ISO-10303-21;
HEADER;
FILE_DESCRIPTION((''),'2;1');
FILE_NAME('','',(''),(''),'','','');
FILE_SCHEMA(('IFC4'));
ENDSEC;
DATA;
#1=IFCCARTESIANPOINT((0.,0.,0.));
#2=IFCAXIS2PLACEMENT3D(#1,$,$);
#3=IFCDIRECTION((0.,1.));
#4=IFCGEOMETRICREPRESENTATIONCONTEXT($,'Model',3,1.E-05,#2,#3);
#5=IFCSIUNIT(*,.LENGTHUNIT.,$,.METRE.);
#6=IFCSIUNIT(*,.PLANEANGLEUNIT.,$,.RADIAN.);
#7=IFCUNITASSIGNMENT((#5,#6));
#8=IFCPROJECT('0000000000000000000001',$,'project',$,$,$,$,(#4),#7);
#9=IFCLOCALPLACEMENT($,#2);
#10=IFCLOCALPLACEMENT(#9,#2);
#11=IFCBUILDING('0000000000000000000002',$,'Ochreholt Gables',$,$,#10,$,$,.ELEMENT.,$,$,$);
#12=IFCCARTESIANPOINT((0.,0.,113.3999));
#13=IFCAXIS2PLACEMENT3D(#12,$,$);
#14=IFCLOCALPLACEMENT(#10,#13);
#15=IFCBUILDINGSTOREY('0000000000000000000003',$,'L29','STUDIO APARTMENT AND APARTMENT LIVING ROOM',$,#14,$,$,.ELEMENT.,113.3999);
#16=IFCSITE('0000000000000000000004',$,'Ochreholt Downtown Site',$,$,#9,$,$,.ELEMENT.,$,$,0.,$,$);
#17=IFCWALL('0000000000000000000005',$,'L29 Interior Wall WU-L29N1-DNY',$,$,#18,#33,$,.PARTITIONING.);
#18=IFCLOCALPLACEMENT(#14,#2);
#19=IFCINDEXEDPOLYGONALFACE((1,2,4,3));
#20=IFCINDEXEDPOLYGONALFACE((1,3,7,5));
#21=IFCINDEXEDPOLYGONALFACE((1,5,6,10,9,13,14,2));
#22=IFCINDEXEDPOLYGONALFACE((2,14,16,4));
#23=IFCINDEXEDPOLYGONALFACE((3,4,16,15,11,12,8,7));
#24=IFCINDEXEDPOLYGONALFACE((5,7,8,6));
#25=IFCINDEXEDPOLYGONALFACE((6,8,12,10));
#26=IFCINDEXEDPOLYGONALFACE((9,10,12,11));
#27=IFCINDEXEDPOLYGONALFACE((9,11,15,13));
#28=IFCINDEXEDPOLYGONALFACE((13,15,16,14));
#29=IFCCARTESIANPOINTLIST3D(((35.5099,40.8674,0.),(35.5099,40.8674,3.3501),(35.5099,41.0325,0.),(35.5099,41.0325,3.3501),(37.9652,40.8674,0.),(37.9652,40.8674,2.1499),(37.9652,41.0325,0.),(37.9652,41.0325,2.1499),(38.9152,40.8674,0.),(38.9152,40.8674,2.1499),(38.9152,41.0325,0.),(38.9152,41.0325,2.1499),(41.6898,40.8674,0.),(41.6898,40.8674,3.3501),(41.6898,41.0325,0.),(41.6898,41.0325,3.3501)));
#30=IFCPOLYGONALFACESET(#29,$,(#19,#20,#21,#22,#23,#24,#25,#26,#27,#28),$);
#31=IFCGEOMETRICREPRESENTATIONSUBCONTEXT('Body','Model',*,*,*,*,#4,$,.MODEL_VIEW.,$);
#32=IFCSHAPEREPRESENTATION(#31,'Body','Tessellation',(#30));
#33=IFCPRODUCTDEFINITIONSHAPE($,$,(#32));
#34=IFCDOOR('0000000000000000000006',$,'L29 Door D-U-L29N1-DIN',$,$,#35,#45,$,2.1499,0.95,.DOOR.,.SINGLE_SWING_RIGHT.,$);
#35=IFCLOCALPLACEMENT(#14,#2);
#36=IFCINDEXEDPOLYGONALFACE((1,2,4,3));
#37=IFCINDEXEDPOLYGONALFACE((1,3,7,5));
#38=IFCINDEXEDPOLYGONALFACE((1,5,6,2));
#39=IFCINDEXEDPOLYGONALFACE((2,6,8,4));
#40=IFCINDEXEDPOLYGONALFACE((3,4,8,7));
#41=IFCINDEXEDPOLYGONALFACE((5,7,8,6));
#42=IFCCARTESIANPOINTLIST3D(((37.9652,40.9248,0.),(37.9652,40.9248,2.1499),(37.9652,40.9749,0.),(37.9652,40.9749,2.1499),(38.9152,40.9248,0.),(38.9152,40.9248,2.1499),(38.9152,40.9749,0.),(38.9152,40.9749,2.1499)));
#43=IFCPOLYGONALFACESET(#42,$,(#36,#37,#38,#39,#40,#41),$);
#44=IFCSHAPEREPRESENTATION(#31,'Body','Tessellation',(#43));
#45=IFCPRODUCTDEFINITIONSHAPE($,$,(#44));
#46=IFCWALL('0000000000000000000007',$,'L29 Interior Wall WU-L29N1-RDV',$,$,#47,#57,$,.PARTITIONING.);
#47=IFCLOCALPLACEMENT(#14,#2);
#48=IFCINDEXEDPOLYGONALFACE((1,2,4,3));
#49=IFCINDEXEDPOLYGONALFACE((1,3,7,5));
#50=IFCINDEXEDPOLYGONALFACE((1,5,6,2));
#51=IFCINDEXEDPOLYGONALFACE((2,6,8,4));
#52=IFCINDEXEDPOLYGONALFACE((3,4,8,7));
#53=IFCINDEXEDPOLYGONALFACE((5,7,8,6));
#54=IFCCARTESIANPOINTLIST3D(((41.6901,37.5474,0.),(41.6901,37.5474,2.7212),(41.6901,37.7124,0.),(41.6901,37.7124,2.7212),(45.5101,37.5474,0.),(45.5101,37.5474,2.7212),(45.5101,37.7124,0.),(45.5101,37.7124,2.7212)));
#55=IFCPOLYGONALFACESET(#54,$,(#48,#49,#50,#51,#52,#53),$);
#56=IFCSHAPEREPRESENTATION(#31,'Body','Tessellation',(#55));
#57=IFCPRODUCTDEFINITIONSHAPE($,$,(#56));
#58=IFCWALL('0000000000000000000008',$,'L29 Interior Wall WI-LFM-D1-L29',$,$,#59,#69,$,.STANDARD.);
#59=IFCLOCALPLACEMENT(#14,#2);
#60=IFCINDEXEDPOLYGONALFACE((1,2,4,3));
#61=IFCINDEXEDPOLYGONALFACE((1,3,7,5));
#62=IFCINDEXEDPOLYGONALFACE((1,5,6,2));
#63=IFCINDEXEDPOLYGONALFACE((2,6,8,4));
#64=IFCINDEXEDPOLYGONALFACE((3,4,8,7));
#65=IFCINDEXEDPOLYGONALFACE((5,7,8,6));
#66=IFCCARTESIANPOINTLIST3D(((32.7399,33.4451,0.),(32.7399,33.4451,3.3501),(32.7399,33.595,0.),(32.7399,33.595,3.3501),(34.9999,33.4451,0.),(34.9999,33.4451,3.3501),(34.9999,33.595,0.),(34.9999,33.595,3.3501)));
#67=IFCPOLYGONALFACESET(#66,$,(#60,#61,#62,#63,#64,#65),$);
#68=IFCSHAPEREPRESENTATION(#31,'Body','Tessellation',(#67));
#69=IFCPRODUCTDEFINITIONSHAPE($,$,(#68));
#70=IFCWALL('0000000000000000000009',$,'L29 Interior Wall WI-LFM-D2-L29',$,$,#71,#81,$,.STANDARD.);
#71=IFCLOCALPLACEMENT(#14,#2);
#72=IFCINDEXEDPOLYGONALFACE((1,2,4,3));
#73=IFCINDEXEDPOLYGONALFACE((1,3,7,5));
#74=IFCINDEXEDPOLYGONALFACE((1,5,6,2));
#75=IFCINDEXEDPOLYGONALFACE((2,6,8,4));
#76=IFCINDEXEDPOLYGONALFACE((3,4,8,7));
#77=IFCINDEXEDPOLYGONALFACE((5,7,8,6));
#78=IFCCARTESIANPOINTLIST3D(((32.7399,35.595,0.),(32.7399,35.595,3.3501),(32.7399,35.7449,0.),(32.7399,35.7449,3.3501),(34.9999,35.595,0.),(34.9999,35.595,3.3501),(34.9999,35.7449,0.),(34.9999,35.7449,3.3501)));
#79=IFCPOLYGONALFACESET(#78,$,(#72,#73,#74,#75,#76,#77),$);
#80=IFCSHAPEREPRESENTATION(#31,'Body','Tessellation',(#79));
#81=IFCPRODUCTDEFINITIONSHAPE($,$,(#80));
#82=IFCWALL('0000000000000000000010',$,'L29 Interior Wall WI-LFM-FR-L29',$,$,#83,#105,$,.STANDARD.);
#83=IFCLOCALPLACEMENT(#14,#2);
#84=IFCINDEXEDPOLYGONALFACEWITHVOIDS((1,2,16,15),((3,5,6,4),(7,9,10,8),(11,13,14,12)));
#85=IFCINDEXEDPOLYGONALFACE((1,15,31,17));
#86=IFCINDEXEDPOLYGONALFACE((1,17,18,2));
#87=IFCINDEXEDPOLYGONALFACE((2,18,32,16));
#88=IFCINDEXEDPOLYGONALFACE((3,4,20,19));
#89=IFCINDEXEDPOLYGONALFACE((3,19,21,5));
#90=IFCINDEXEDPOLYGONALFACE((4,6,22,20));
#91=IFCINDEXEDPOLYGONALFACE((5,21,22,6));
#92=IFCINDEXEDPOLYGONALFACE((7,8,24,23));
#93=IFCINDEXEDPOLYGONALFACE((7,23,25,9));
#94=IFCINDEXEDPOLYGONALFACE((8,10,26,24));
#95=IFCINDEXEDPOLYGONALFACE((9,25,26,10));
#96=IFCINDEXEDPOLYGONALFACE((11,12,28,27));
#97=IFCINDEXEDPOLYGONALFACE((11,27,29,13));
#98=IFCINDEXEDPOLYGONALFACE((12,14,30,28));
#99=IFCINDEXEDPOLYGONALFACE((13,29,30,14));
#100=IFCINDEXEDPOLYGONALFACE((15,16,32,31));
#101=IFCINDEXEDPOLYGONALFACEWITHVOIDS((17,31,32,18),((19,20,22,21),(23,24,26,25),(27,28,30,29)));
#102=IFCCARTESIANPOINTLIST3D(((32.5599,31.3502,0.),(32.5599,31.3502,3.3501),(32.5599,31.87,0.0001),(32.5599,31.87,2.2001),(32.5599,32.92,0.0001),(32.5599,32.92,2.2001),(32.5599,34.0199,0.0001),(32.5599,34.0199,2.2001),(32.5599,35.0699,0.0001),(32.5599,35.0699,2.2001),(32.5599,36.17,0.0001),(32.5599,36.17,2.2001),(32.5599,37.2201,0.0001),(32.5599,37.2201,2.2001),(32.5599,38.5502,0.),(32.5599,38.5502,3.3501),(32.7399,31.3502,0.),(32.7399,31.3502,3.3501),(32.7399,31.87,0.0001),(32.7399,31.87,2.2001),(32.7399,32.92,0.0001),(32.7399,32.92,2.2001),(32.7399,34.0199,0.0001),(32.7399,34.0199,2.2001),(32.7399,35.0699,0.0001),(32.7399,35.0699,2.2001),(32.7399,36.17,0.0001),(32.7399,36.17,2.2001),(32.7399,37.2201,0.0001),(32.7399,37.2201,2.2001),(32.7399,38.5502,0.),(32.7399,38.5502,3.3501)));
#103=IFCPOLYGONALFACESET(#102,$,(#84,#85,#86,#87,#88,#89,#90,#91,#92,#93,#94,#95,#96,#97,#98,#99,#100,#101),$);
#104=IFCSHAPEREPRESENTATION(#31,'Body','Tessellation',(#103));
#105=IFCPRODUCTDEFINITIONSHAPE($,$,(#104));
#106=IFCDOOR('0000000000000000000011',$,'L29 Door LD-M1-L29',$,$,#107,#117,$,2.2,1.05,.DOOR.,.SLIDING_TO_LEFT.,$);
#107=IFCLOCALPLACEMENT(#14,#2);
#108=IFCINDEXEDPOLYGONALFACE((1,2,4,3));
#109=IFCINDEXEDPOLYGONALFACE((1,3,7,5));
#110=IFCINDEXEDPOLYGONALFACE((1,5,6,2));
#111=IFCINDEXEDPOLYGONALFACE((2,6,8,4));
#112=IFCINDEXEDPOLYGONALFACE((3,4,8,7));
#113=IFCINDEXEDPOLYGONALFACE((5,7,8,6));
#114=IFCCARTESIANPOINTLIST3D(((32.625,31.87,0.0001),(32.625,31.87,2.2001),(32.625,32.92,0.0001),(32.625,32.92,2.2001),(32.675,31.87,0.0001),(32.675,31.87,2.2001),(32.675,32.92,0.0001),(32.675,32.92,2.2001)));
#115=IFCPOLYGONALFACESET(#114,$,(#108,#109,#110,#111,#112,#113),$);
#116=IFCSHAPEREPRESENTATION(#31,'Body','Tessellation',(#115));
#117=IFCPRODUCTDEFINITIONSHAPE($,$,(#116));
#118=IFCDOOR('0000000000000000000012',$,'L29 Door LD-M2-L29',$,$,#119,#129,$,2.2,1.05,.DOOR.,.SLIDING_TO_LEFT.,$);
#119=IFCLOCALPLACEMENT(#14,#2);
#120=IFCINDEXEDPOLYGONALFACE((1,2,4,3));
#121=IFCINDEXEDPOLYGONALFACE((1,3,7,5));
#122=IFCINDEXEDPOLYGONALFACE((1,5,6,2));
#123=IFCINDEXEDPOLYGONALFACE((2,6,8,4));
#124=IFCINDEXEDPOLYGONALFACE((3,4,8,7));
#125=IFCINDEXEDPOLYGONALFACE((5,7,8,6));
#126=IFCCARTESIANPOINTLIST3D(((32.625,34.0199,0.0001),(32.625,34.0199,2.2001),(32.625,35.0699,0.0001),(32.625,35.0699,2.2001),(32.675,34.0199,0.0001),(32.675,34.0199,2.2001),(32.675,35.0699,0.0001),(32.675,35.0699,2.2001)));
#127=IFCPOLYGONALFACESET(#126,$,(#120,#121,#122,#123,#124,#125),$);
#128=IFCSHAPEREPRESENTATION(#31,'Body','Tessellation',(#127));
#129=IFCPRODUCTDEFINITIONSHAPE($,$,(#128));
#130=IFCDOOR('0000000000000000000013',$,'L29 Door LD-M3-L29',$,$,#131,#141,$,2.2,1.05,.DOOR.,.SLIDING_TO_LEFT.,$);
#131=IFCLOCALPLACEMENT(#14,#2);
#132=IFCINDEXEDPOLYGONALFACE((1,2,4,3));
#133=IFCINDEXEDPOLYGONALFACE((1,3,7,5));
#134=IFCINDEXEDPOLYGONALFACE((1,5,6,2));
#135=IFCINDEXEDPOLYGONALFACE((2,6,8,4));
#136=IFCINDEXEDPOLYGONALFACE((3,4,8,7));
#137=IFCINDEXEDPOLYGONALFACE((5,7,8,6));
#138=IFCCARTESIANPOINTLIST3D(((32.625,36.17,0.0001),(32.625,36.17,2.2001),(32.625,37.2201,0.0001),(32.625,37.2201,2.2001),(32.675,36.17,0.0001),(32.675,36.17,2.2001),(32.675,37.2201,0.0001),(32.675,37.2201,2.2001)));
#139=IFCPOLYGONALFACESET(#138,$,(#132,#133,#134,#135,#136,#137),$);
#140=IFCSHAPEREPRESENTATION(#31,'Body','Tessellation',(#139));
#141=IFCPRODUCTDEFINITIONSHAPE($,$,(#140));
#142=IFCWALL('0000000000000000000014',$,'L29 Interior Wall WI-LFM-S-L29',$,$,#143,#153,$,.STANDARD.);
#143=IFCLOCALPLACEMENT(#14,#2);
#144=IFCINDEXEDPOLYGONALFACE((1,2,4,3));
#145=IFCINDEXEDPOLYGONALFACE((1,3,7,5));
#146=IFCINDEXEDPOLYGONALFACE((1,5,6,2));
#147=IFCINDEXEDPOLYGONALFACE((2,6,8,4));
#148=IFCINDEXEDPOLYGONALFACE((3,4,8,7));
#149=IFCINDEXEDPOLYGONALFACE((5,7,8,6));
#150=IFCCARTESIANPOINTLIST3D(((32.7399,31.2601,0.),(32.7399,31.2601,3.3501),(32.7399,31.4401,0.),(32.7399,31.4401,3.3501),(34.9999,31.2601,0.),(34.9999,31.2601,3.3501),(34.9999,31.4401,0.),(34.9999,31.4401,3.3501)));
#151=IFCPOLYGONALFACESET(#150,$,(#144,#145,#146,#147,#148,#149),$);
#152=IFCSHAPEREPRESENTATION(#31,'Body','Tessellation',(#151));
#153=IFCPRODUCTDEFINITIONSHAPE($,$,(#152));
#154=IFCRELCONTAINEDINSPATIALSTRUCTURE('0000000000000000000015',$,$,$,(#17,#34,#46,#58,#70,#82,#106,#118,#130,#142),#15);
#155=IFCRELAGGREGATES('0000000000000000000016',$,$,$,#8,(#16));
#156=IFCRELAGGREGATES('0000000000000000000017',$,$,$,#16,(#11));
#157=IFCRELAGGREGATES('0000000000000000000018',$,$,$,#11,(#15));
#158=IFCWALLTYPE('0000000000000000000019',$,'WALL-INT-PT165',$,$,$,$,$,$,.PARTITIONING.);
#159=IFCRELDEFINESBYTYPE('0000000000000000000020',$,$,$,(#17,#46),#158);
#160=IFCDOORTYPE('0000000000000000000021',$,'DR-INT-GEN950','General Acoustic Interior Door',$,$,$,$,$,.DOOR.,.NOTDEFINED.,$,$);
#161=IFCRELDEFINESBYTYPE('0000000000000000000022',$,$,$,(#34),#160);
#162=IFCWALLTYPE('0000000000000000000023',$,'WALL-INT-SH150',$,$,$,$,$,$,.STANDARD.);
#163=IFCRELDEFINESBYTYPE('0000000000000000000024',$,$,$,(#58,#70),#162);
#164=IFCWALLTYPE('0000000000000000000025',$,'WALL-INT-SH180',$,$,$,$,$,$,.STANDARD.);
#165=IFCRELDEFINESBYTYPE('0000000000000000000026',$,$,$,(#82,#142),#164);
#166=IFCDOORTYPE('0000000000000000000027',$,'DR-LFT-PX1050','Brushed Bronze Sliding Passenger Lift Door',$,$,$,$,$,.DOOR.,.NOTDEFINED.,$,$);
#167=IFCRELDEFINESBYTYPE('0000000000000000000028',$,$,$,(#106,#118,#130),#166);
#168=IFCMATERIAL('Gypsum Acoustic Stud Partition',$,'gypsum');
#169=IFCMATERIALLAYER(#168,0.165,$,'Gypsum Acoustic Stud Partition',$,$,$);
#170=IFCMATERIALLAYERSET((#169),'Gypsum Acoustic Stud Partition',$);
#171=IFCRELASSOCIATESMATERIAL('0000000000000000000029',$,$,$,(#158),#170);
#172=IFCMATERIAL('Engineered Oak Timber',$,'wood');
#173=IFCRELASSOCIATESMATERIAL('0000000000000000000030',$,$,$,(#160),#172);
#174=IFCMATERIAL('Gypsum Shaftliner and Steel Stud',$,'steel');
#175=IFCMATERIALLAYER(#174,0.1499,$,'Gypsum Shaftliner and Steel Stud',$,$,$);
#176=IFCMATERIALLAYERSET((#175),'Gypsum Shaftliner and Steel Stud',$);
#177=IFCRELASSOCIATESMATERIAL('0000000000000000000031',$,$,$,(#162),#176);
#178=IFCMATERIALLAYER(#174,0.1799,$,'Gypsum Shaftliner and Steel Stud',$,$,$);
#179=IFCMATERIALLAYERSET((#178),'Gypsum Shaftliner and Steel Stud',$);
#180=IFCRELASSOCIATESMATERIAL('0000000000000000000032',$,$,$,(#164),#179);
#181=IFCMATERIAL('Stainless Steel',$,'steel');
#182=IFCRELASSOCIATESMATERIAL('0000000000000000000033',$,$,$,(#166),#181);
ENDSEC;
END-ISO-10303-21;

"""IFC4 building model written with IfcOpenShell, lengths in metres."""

from ifc_helpers import new_model, si_unit, direction, frame, frame_2d, origin, place, context, subcontext, project, spatial, rectangle, extrude, material, layer, layer_set, type_object, element, fill, save


model = new_model("IFC4")

# Units and contexts
model_context = context("Model", 3, precision=1e-05, world=origin(), true_north=direction((0.0, 1.0)))
body_context = subcontext(model_context, "Body", "Model", "MODEL_VIEW")
ifc_project = project(units=[si_unit("LENGTHUNIT", "METRE"), si_unit("PLANEANGLEUNIT", "RADIAN")], contexts=[model_context])

# Site, building, storey
site_placement = place(None, origin())
site = spatial("IfcSite", under=ifc_project, at=site_placement, Name="Ochreholt Downtown Site", CompositionType="ELEMENT", RefElevation=0.0)
building_placement = place(site_placement, origin())
building = spatial("IfcBuilding", under=site, at=building_placement, Name="Ochreholt Gables", CompositionType="ELEMENT")
storey_placement = place(building_placement, frame((0.0, 0.0, 113.3999)))
storey = spatial("IfcBuildingStorey", under=building, at=storey_placement, Name="L29", Description="STUDIO APARTMENT AND APARTMENT LIVING ROOM", CompositionType="ELEMENT", Elevation=113.3999)

# Shared definitions
ifc_material_1 = material(Name="Engineered Oak Timber", Category="wood")

# Wall, opening, door
ifc_material_2 = material(Name="Gypsum Acoustic Stud Partition", Category="gypsum")
ifc_layer_1 = layer(ifc_material_2, 0.165, Name="Gypsum Acoustic Stud Partition")
ifc_layer_set_1 = layer_set([ifc_layer_1], Name="Gypsum Acoustic Stud Partition")
wall_type_1 = type_object("IfcWallType", Name="WALL-INT-PT165", PredefinedType="PARTITIONING", material=ifc_layer_set_1)
wall_1_placement = place(storey_placement, frame((35.51, 40.95, 0.0), z_axis=(0.0, 0.0, 1.0), x_axis=(1.0, 0.0, 0.0)))
wall_1 = element("IfcWall", 1, at=wall_1_placement, inside=storey, type_object=wall_type_1, Name="L29 Interior Wall WU-L29N1-DNY", PredefinedType="PARTITIONING", context=body_context, shape_type="SweptSolid", body=[
    extrude(rectangle(XDim=6.1799, YDim=0.165, at=frame_2d((3.0898, 0.0))), origin(), (0.0, 0.0, 1.0), 3.3501),
])
opening_1_placement = place(wall_1_placement, frame((2.4551, 0.0, 0.0)))
opening_1 = element("IfcOpeningElement", 2, at=opening_1_placement, cuts=wall_1, PredefinedType="OPENING", context=body_context, shape_type="SweptSolid", body=[
    extrude(rectangle(XDim=0.95, YDim=2.1499, at=frame_2d((0.4751, 1.075))), frame((0.0, 0.0925, 0.0), z_axis=(0.0, -1.0, 0.0), x_axis=(1.0, 0.0, 0.0)), (0.0, 0.0, 1.0), 0.1851),
])
door_type_1 = type_object("IfcDoorType", Name="DR-INT-GEN950", Description="General Acoustic Interior Door", OperationType="NOTDEFINED", PredefinedType="DOOR", material=ifc_material_1)
door_1_placement = place(opening_1_placement, origin())
door_1 = element("IfcDoor", 3, at=door_1_placement, inside=storey, type_object=door_type_1, Name="L29 Door D-U-L29N1-DIN", OperationType="SINGLE_SWING_RIGHT", OverallHeight=2.1499, OverallWidth=0.95, PredefinedType="DOOR", context=body_context, shape_type="SweptSolid", body=[
    extrude(rectangle(XDim=0.95, YDim=2.1499, at=frame_2d((0.4751, 1.075))), frame((0.0, 0.0249, 0.0), z_axis=(0.0, -1.0, 0.0), x_axis=(1.0, 0.0, 0.0)), (0.0, 0.0, 1.0), 0.05),
])
fill(opening_1, door_1)

# Walls
wall_2_placement = place(storey_placement, frame((41.6899, 37.6299, 0.0), z_axis=(0.0, 0.0, 1.0), x_axis=(1.0, 0.0, 0.0)))
element("IfcWall", 4, at=wall_2_placement, inside=storey, type_object=wall_type_1, Name="L29 Interior Wall WU-L29N1-RDV", PredefinedType="PARTITIONING", context=body_context, shape_type="SweptSolid", body=[
    extrude(rectangle(XDim=3.8201, YDim=0.165, at=frame_2d((1.9102, 0.0))), origin(), (0.0, 0.0, 1.0), 2.7212),
])
ifc_material_3 = material(Name="Gypsum Shaftliner and Steel Stud", Category="steel")
ifc_layer_2 = layer(ifc_material_3, 0.1499, Name="Gypsum Shaftliner and Steel Stud")
ifc_layer_set_2 = layer_set([ifc_layer_2], Name="Gypsum Shaftliner and Steel Stud")
wall_type_2 = type_object("IfcWallType", Name="WALL-INT-SH150", PredefinedType="STANDARD", material=ifc_layer_set_2)
for number, where, z_axis, x_axis, name in (
    (5, (32.74, 33.52, 0.0), (0.0, 0.0, 1.0), (1.0, 0.0, 0.0), "L29 Interior Wall WI-LFM-D1-L29"),
    (6, (32.74, 35.6699, 0.0), (0.0, 0.0, 1.0), (1.0, 0.0, 0.0), "L29 Interior Wall WI-LFM-D2-L29"),
):
    element("IfcWall", number, at=place(storey_placement, frame(where, z_axis=z_axis, x_axis=x_axis)), inside=storey, type_object=wall_type_2, Name=name, PredefinedType="STANDARD", context=body_context, shape_type="SweptSolid", body=[
        extrude(rectangle(XDim=2.26, YDim=0.1499, at=frame_2d((1.1299, 0.0))), origin(), (0.0, 0.0, 1.0), 3.3501),
    ])

# Wall, openings, doors
ifc_layer_3 = layer(ifc_material_3, 0.1799, Name="Gypsum Shaftliner and Steel Stud")
ifc_layer_set_3 = layer_set([ifc_layer_3], Name="Gypsum Shaftliner and Steel Stud")
wall_type_3 = type_object("IfcWallType", Name="WALL-INT-SH180", PredefinedType="STANDARD", material=ifc_layer_set_3)
wall_3_placement = place(storey_placement, frame((32.6499, 31.3501, 0.0), z_axis=(0.0, 0.0, 1.0), x_axis=(0.0, 1.0, 0.0)))
wall_3 = element("IfcWall", 7, at=wall_3_placement, inside=storey, type_object=wall_type_3, Name="L29 Interior Wall WI-LFM-FR-L29", PredefinedType="STANDARD", context=body_context, shape_type="SweptSolid", body=[
    extrude(rectangle(XDim=7.2, YDim=0.1799, at=frame_2d((3.6001, 0.0))), origin(), (0.0, 0.0, 1.0), 3.3501),
])
opening_2_placement = place(wall_3_placement, frame((0.52, 0.0, 0.0)))
opening_2 = element("IfcOpeningElement", 8, at=opening_2_placement, cuts=wall_3, PredefinedType="OPENING", context=body_context, shape_type="SweptSolid", body=[
    extrude(rectangle(XDim=1.05, YDim=2.2, at=frame_2d((0.5249, 1.1001))), frame((0.0, 0.0999, 0.0), z_axis=(0.0, -1.0, 0.0), x_axis=(1.0, 0.0, 0.0)), (0.0, 0.0, 1.0), 0.2),
])
opening_3_placement = place(wall_3_placement, frame((2.6699, 0.0, 0.0)))
opening_3 = element("IfcOpeningElement", 9, at=opening_3_placement, cuts=wall_3, PredefinedType="OPENING", context=body_context, shape_type="SweptSolid", body=[
    extrude(rectangle(XDim=1.05, YDim=2.2, at=frame_2d((0.5249, 1.1001))), frame((0.0, 0.0999, 0.0), z_axis=(0.0, -1.0, 0.0), x_axis=(1.0, 0.0, 0.0)), (0.0, 0.0, 1.0), 0.2),
])
opening_4_placement = place(wall_3_placement, frame((4.8201, 0.0, 0.0)))
opening_4 = element("IfcOpeningElement", 10, at=opening_4_placement, cuts=wall_3, PredefinedType="OPENING", context=body_context, shape_type="SweptSolid", body=[
    extrude(rectangle(XDim=1.05, YDim=2.2, at=frame_2d((0.5249, 1.1001))), frame((0.0, 0.0999, 0.0), z_axis=(0.0, -1.0, 0.0), x_axis=(1.0, 0.0, 0.0)), (0.0, 0.0, 1.0), 0.2),
])
ifc_material_4 = material(Name="Stainless Steel", Category="steel")
door_type_2 = type_object("IfcDoorType", Name="DR-LFT-PX1050", Description="Brushed Bronze Sliding Passenger Lift Door", OperationType="NOTDEFINED", PredefinedType="DOOR", material=ifc_material_4)
door_2_placement = place(opening_2_placement, origin())
door_2 = element("IfcDoor", 11, at=door_2_placement, inside=storey, type_object=door_type_2, Name="L29 Door LD-M1-L29", OperationType="SLIDING_TO_LEFT", OverallHeight=2.2, OverallWidth=1.05, PredefinedType="DOOR", context=body_context, shape_type="SweptSolid", body=[
    extrude(rectangle(XDim=1.05, YDim=2.2, at=frame_2d((0.5249, 1.1001))), frame((0.0, 0.0249, 0.0), z_axis=(0.0, -1.0, 0.0), x_axis=(1.0, 0.0, 0.0)), (0.0, 0.0, 1.0), 0.05),
])
fill(opening_2, door_2)
door_3_placement = place(opening_3_placement, origin())
door_3 = element("IfcDoor", 12, at=door_3_placement, inside=storey, type_object=door_type_2, Name="L29 Door LD-M2-L29", OperationType="SLIDING_TO_LEFT", OverallHeight=2.2, OverallWidth=1.05, PredefinedType="DOOR", context=body_context, shape_type="SweptSolid", body=[
    extrude(rectangle(XDim=1.05, YDim=2.2, at=frame_2d((0.5249, 1.1001))), frame((0.0, 0.0249, 0.0), z_axis=(0.0, -1.0, 0.0), x_axis=(1.0, 0.0, 0.0)), (0.0, 0.0, 1.0), 0.05),
])
fill(opening_3, door_3)
door_4_placement = place(opening_4_placement, origin())
door_4 = element("IfcDoor", 13, at=door_4_placement, inside=storey, type_object=door_type_2, Name="L29 Door LD-M3-L29", OperationType="SLIDING_TO_LEFT", OverallHeight=2.2, OverallWidth=1.05, PredefinedType="DOOR", context=body_context, shape_type="SweptSolid", body=[
    extrude(rectangle(XDim=1.05, YDim=2.2, at=frame_2d((0.5249, 1.1001))), frame((0.0, 0.0249, 0.0), z_axis=(0.0, -1.0, 0.0), x_axis=(1.0, 0.0, 0.0)), (0.0, 0.0, 1.0), 0.05),
])
fill(opening_4, door_4)

# Wall
wall_4_placement = place(storey_placement, frame((32.74, 31.3501, 0.0), z_axis=(0.0, 0.0, 1.0), x_axis=(1.0, 0.0, 0.0)))
element("IfcWall", 14, at=wall_4_placement, inside=storey, type_object=wall_type_3, Name="L29 Interior Wall WI-LFM-S-L29", PredefinedType="STANDARD", context=body_context, shape_type="SweptSolid", body=[
    extrude(rectangle(XDim=2.26, YDim=0.1799, at=frame_2d((1.1299, 0.0))), origin(), (0.0, 0.0, 1.0), 3.3501),
])

save(model, "model.ifc")
